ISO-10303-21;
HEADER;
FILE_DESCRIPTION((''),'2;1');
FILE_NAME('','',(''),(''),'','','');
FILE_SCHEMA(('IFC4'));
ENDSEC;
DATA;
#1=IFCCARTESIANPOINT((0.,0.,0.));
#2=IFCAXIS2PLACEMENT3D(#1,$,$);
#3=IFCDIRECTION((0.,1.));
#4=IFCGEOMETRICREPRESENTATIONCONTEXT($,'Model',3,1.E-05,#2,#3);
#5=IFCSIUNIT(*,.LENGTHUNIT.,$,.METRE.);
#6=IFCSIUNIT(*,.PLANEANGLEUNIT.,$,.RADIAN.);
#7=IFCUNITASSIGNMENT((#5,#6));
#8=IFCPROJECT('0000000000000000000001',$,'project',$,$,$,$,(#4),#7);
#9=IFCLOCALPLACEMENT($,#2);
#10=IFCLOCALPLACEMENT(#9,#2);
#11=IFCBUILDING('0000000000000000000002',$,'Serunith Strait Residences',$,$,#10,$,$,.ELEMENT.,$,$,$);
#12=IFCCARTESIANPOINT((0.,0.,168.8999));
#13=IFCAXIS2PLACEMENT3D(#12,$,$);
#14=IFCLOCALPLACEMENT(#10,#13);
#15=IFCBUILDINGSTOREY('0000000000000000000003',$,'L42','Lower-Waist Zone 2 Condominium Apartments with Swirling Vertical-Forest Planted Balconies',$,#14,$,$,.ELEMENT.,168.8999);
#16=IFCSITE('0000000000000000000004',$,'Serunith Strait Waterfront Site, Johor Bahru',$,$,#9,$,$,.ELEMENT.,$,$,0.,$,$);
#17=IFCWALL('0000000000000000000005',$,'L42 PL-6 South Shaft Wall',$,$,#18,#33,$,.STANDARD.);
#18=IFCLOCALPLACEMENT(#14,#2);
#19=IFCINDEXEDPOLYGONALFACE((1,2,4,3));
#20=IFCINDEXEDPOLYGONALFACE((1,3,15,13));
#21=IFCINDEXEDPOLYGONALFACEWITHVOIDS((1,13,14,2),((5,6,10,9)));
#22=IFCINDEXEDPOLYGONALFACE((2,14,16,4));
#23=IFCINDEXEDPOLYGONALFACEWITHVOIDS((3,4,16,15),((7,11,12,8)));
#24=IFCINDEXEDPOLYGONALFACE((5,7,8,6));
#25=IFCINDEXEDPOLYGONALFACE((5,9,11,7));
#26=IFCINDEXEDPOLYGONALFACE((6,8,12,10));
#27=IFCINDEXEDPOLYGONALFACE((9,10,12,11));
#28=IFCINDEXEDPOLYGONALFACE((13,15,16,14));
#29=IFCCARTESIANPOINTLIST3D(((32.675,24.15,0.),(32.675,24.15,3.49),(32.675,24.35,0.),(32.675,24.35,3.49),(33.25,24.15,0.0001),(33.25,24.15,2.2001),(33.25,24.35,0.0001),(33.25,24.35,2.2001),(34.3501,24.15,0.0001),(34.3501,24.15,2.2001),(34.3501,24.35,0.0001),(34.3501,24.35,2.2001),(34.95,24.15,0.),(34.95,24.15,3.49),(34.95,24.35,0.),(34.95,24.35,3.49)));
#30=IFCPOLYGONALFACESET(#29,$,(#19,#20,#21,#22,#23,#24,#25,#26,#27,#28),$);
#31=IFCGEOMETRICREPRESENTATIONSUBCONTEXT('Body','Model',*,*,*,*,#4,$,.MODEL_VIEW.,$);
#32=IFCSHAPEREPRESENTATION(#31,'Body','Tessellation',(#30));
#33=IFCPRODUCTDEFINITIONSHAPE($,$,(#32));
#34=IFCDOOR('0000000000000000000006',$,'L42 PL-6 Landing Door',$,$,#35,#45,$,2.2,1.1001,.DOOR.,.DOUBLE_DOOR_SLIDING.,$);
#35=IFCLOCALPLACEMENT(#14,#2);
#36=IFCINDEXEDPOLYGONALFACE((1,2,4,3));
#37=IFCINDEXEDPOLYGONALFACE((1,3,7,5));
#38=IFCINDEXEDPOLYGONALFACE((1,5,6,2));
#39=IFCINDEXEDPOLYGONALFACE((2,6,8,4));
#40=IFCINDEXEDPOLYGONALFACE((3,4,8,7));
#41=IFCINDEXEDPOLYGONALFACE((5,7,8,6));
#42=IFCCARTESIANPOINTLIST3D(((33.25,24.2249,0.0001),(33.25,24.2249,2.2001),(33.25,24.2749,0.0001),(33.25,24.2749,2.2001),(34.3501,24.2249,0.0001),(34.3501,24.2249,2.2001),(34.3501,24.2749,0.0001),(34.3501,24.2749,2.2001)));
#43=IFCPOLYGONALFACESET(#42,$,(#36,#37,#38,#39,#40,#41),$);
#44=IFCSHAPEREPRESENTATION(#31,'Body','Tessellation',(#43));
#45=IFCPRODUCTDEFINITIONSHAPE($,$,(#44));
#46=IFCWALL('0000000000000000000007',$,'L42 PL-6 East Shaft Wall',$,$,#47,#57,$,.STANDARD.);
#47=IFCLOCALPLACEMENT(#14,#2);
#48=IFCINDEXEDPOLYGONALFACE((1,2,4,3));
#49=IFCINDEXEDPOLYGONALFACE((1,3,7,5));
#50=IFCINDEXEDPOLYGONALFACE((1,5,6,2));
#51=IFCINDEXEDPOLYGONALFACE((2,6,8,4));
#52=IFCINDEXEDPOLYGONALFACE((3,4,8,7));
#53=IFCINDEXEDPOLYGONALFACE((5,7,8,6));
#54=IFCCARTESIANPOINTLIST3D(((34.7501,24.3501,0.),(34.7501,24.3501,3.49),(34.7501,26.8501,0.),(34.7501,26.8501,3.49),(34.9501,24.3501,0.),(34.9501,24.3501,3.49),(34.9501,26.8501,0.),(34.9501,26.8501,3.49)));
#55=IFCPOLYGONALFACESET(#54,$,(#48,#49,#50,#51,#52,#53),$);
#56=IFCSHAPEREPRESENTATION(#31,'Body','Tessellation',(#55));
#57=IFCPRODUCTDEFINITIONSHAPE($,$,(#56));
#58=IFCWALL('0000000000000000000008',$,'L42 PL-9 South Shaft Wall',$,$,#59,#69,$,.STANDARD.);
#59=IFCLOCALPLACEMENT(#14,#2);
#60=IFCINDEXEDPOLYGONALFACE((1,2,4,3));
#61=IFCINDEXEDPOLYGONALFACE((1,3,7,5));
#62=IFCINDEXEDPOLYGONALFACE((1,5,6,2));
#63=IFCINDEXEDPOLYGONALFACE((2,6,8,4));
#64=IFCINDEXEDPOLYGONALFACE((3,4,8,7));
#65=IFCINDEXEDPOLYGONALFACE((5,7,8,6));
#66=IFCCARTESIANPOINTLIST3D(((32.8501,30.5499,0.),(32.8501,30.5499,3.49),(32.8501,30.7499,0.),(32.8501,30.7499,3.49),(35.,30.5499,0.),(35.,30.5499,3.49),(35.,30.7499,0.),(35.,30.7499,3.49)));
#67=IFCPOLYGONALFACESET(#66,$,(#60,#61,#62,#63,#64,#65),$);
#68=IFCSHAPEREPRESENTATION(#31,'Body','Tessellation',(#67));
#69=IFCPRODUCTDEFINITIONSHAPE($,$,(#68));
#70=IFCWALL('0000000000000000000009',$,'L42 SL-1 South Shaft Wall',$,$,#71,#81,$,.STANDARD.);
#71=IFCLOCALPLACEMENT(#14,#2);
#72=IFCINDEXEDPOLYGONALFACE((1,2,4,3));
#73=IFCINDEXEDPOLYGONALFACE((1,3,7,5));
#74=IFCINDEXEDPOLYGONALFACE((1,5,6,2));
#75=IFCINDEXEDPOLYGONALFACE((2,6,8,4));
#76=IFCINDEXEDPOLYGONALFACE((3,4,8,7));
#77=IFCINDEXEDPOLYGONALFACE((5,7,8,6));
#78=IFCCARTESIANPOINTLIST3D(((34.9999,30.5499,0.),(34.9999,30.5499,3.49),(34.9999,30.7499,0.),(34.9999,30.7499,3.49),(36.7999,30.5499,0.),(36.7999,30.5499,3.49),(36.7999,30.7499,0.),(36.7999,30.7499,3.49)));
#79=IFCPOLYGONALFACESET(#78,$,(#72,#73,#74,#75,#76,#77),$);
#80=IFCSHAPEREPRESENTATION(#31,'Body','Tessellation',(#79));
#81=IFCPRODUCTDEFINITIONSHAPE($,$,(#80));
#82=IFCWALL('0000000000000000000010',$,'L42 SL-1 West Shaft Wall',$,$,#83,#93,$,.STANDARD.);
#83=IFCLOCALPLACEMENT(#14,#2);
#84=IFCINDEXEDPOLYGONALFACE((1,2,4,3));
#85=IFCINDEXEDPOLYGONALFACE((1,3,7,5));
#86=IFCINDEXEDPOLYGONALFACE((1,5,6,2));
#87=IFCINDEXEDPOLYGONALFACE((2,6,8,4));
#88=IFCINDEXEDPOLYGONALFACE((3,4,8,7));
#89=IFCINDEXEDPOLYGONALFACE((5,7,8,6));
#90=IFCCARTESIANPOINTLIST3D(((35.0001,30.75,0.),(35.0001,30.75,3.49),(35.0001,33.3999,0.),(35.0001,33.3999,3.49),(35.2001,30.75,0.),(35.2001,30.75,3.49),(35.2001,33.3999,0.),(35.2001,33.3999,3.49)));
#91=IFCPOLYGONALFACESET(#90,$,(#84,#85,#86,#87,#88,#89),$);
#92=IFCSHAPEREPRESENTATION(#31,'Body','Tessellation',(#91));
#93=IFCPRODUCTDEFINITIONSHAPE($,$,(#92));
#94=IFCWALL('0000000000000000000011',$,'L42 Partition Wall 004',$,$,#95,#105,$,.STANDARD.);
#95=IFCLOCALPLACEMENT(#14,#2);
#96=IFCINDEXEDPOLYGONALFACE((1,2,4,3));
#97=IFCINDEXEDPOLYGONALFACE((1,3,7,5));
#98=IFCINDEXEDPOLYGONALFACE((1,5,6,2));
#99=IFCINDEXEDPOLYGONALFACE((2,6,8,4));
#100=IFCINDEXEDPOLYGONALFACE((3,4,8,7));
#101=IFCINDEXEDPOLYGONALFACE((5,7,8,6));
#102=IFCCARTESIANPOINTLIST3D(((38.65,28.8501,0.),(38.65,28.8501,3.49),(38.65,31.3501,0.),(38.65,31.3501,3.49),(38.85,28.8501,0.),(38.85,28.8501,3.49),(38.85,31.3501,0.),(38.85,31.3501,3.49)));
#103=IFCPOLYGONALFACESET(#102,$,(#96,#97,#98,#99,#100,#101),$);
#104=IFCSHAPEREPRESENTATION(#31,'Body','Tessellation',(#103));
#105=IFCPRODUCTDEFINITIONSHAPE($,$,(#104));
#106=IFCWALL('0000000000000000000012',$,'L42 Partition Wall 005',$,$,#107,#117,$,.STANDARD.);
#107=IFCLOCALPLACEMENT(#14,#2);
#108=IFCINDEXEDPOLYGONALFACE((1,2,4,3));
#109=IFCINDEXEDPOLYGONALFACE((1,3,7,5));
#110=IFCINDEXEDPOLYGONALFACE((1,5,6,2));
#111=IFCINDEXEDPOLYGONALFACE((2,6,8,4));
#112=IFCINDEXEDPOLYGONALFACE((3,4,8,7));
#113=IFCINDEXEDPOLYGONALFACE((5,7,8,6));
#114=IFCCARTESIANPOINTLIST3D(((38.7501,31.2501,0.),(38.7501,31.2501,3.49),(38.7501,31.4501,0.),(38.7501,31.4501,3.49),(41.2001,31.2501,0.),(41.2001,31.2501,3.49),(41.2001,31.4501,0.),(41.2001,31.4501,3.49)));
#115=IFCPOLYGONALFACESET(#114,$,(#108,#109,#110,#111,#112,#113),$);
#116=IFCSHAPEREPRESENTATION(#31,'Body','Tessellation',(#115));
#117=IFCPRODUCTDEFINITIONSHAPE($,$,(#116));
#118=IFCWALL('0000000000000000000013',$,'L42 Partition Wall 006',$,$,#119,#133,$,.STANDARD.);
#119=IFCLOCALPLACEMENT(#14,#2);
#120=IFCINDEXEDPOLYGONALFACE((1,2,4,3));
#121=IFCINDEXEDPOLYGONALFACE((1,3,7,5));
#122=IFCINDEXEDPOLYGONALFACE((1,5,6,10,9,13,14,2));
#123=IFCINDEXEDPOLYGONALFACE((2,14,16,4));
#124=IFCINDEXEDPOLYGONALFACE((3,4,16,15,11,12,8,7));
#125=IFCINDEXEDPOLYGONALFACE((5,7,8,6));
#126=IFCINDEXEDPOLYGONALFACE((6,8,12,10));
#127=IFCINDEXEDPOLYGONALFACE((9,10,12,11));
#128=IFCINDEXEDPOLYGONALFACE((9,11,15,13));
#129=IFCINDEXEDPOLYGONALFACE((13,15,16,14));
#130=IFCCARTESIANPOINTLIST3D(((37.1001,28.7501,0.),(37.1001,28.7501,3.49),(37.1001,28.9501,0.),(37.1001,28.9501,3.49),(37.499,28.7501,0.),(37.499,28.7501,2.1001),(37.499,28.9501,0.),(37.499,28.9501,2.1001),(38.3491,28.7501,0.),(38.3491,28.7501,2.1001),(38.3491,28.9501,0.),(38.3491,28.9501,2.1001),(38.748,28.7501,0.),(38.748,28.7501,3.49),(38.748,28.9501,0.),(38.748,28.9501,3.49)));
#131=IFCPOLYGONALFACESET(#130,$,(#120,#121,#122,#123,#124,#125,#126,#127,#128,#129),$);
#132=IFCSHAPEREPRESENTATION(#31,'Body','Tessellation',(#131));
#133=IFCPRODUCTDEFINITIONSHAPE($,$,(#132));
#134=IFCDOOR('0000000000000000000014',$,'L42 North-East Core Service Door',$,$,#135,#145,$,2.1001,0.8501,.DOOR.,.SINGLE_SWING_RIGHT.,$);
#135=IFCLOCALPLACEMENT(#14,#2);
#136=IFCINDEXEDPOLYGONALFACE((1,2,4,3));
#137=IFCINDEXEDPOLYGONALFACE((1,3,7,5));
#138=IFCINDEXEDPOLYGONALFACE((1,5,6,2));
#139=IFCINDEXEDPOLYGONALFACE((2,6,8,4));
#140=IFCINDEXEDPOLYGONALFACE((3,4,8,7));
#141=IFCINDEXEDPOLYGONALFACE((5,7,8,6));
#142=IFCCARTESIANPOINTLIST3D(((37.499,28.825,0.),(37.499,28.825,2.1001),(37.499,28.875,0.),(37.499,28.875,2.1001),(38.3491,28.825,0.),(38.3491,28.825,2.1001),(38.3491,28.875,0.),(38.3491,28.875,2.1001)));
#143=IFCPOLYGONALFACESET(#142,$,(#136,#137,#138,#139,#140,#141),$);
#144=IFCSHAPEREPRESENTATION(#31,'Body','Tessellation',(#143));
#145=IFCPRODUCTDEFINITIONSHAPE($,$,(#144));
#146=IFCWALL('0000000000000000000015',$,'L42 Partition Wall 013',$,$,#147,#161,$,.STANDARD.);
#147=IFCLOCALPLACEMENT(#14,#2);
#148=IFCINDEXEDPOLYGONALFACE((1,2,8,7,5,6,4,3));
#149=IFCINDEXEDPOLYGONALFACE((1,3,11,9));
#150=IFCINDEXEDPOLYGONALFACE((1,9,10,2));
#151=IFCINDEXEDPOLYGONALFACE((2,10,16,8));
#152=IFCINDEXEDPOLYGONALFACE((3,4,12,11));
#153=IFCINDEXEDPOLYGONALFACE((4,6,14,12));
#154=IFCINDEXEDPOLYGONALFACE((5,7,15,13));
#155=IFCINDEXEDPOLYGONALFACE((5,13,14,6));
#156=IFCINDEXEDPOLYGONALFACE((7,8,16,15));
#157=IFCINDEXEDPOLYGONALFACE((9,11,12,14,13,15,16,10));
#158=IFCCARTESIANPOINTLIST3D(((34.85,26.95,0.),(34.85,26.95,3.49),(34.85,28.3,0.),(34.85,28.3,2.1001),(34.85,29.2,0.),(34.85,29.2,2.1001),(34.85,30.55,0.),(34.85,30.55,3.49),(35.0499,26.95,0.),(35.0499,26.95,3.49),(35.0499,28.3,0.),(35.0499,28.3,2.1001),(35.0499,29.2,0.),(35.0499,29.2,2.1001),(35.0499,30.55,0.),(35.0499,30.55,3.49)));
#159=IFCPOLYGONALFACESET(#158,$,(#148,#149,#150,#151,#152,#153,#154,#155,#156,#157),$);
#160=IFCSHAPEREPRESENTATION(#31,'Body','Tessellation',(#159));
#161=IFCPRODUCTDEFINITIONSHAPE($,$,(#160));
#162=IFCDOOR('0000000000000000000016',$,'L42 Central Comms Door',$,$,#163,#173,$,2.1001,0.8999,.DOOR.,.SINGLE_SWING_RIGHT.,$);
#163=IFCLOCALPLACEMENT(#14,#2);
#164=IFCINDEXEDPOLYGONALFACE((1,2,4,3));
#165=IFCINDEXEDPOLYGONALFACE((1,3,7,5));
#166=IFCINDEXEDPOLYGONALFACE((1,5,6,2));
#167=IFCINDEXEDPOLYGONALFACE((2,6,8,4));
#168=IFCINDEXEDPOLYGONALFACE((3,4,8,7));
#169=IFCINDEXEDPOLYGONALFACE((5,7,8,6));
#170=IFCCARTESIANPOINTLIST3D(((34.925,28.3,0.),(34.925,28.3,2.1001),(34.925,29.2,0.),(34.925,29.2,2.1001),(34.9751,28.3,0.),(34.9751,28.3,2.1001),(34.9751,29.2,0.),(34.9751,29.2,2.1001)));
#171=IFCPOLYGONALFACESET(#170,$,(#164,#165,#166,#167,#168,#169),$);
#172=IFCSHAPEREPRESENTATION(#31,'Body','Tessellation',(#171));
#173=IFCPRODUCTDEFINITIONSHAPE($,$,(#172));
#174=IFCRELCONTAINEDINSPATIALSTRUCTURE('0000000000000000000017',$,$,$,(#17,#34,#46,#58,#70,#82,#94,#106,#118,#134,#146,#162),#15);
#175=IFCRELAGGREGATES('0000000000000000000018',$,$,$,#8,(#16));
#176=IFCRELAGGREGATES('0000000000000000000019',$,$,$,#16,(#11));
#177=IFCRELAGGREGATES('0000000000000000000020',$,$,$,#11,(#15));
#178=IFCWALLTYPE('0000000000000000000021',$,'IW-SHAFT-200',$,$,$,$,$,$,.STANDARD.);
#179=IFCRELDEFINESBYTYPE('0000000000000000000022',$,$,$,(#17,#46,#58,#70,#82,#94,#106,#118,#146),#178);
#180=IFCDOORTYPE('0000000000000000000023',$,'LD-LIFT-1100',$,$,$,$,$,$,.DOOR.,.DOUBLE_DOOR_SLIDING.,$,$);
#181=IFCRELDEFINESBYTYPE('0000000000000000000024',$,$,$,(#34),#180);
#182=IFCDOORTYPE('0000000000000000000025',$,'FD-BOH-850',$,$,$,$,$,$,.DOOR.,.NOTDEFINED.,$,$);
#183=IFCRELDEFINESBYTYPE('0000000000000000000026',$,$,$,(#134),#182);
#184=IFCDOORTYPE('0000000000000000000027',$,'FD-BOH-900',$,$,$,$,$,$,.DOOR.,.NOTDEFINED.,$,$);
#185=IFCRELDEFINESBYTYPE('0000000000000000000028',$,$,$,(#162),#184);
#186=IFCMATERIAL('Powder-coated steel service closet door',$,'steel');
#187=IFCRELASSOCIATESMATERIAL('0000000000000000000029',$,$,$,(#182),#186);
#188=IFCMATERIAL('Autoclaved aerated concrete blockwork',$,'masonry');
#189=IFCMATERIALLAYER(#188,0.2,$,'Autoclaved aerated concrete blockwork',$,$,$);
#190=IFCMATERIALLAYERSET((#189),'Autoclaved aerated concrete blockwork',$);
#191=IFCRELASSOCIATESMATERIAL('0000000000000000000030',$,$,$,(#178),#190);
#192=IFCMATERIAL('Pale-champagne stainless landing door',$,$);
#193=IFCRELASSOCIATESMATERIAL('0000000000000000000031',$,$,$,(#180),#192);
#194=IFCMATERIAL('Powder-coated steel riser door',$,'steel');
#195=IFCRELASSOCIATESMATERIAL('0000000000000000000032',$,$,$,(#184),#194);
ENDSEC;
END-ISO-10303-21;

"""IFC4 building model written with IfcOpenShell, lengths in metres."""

from ifc_helpers import new_model, si_unit, direction, frame, frame_2d, origin, place, context, subcontext, project, spatial, rectangle, extrude, source, transform, mapped, material, layer, layer_set, type_object, element, fill, save


model = new_model("IFC4")

# Units and contexts
model_context = context("Model", 3, precision=1e-05, world=origin(), true_north=direction((0.0, 1.0)))
body_context = subcontext(model_context, "Body", "Model", "MODEL_VIEW")
ifc_project = project(units=[si_unit("LENGTHUNIT", "METRE"), si_unit("PLANEANGLEUNIT", "RADIAN")], contexts=[model_context])

# Site, building, storey
site_placement = place(None, origin())
site = spatial("IfcSite", under=ifc_project, at=site_placement, Name="Serunith Strait Waterfront Site, Johor Bahru", CompositionType="ELEMENT", RefElevation=0.0)
building_placement = place(site_placement, origin())
building = spatial("IfcBuilding", under=site, at=building_placement, Name="Serunith Strait Residences", CompositionType="ELEMENT")
storey_placement = place(building_placement, frame((0.0, 0.0, 168.8999)))
storey = spatial("IfcBuildingStorey", under=building, at=storey_placement, Name="L42", Description="Lower-Waist Zone 2 Condominium Apartments with Swirling Vertical-Forest Planted Balconies", CompositionType="ELEMENT", Elevation=168.8999)

# Shared definitions
ifc_material_1 = material(Name="Powder-coated steel service closet door", Category="steel")
door_type_1 = type_object("IfcDoorType", Name="FD-BOH-850", OperationType="NOTDEFINED", PredefinedType="DOOR", material=ifc_material_1)
shared_shape_1 = source(origin(), body_context, "Body", "SweptSolid", [
    extrude(rectangle(XDim=0.8501, YDim=2.1001, at=frame_2d((0.425, 1.05))), frame((0.0, 0.0249, 0.0), z_axis=(0.0, -1.0, 0.0), x_axis=(1.0, 0.0, 0.0)), (0.0, 0.0, 1.0), 0.05),
])

# Wall, opening, door
ifc_material_2 = material(Name="Autoclaved aerated concrete blockwork", Category="masonry")
ifc_layer_1 = layer(ifc_material_2, 0.2, Name="Autoclaved aerated concrete blockwork")
ifc_layer_set_1 = layer_set([ifc_layer_1], Name="Autoclaved aerated concrete blockwork")
wall_type_1 = type_object("IfcWallType", Name="IW-SHAFT-200", PredefinedType="STANDARD", material=ifc_layer_set_1)
wall_1_placement = place(storey_placement, frame((32.675, 24.25, 0.0), z_axis=(0.0, 0.0, 1.0), x_axis=(1.0, 0.0, 0.0)))
wall_1 = element("IfcWall", 1, at=wall_1_placement, inside=storey, type_object=wall_type_1, Name="L42 PL-6 South Shaft Wall", PredefinedType="STANDARD", context=body_context, shape_type="SweptSolid", body=[
    extrude(rectangle(XDim=2.2749, YDim=0.2, at=frame_2d((1.1375, 0.0))), origin(), (0.0, 0.0, 1.0), 3.49),
])
opening_1_placement = place(wall_1_placement, frame((0.575, 0.0, 0.0)))
opening_1 = element("IfcOpeningElement", 2, at=opening_1_placement, cuts=wall_1, PredefinedType="OPENING", context=body_context, shape_type="SweptSolid", body=[
    extrude(rectangle(XDim=1.1001, YDim=2.2, at=frame_2d((0.55, 1.1001))), frame((0.0, 0.1099, 0.0), z_axis=(0.0, -1.0, 0.0), x_axis=(1.0, 0.0, 0.0)), (0.0, 0.0, 1.0), 0.22),
])
ifc_material_3 = material(Name="Pale-champagne stainless landing door")
door_type_2 = type_object("IfcDoorType", Name="LD-LIFT-1100", OperationType="DOUBLE_DOOR_SLIDING", PredefinedType="DOOR", material=ifc_material_3)
shared_shape_2 = source(origin(), body_context, "Body", "SweptSolid", [
    extrude(rectangle(XDim=1.1001, YDim=2.2, at=frame_2d((0.55, 1.1001))), frame((0.0, 0.0249, 0.0), z_axis=(0.0, -1.0, 0.0), x_axis=(1.0, 0.0, 0.0)), (0.0, 0.0, 1.0), 0.05),
])
door_1_placement = place(opening_1_placement, origin())
door_1 = element("IfcDoor", 3, at=door_1_placement, inside=storey, type_object=door_type_2, Name="L42 PL-6 Landing Door", OperationType="DOUBLE_DOOR_SLIDING", OverallHeight=2.2, OverallWidth=1.1001, PredefinedType="DOOR", context=body_context, shape_type="MappedRepresentation", body=[
    mapped(shared_shape_2, transform((0.0, 0.0, 0.0), scale=1.0)),
])
fill(opening_1, door_1)

# Walls
wall_2_placement = place(storey_placement, frame((34.8501, 24.3501, 0.0), z_axis=(0.0, 0.0, 1.0), x_axis=(0.0, 1.0, 0.0)))
element("IfcWall", 4, at=wall_2_placement, inside=storey, type_object=wall_type_1, Name="L42 PL-6 East Shaft Wall", PredefinedType="STANDARD", context=body_context, shape_type="SweptSolid", body=[
    extrude(rectangle(XDim=2.5, YDim=0.2, at=frame_2d((1.25, 0.0))), origin(), (0.0, 0.0, 1.0), 3.49),
])
wall_3_placement = place(storey_placement, frame((32.8501, 30.6499, 0.0), z_axis=(0.0, 0.0, 1.0), x_axis=(1.0, 0.0, 0.0)))
element("IfcWall", 5, at=wall_3_placement, inside=storey, type_object=wall_type_1, Name="L42 PL-9 South Shaft Wall", PredefinedType="STANDARD", context=body_context, shape_type="SweptSolid", body=[
    extrude(rectangle(XDim=2.1499, YDim=0.2, at=frame_2d((1.075, 0.0))), origin(), (0.0, 0.0, 1.0), 3.49),
])
wall_4_placement = place(storey_placement, frame((35.0, 30.6499, 0.0), z_axis=(0.0, 0.0, 1.0), x_axis=(1.0, 0.0, 0.0)))
element("IfcWall", 6, at=wall_4_placement, inside=storey, type_object=wall_type_1, Name="L42 SL-1 South Shaft Wall", PredefinedType="STANDARD", context=body_context, shape_type="SweptSolid", body=[
    extrude(rectangle(XDim=1.8, YDim=0.2, at=frame_2d((0.8999, 0.0))), origin(), (0.0, 0.0, 1.0), 3.49),
])
wall_5_placement = place(storey_placement, frame((35.1001, 30.75, 0.0), z_axis=(0.0, 0.0, 1.0), x_axis=(0.0, 1.0, 0.0)))
element("IfcWall", 7, at=wall_5_placement, inside=storey, type_object=wall_type_1, Name="L42 SL-1 West Shaft Wall", PredefinedType="STANDARD", context=body_context, shape_type="SweptSolid", body=[
    extrude(rectangle(XDim=2.6499, YDim=0.2, at=frame_2d((1.325, 0.0))), origin(), (0.0, 0.0, 1.0), 3.49),
])
wall_6_placement = place(storey_placement, frame((38.75, 28.8501, 0.0), z_axis=(0.0, 0.0, 1.0), x_axis=(0.0, 1.0, 0.0)))
element("IfcWall", 8, at=wall_6_placement, inside=storey, type_object=wall_type_1, Name="L42 Partition Wall 004", PredefinedType="STANDARD", context=body_context, shape_type="SweptSolid", body=[
    extrude(rectangle(XDim=2.5, YDim=0.2, at=frame_2d((1.25, 0.0))), origin(), (0.0, 0.0, 1.0), 3.49),
])
wall_7_placement = place(storey_placement, frame((38.75, 31.3501, 0.0), z_axis=(0.0, 0.0, 1.0), x_axis=(1.0, 0.0, 0.0)))
element("IfcWall", 9, at=wall_7_placement, inside=storey, type_object=wall_type_1, Name="L42 Partition Wall 005", PredefinedType="STANDARD", context=body_context, shape_type="SweptSolid", body=[
    extrude(rectangle(XDim=2.45, YDim=0.2, at=frame_2d((1.2251, 0.0))), origin(), (0.0, 0.0, 1.0), 3.49),
])

# Walls, openings, doors
wall_8_placement = place(storey_placement, frame((37.1001, 28.8501, 0.0), z_axis=(0.0, 0.0, 1.0), x_axis=(1.0, 0.0, 0.0)))
wall_8 = element("IfcWall", 10, at=wall_8_placement, inside=storey, type_object=wall_type_1, Name="L42 Partition Wall 006", PredefinedType="STANDARD", context=body_context, shape_type="SweptSolid", body=[
    extrude(rectangle(XDim=1.6479, YDim=0.2, at=frame_2d((0.824, 0.0))), origin(), (0.0, 0.0, 1.0), 3.49),
])
opening_2_placement = place(wall_8_placement, frame((0.3989, 0.0, 0.0)))
opening_2 = element("IfcOpeningElement", 11, at=opening_2_placement, cuts=wall_8, PredefinedType="OPENING", context=body_context, shape_type="SweptSolid", body=[
    extrude(rectangle(XDim=0.8501, YDim=2.1001, at=frame_2d((0.425, 1.05))), frame((0.0, 0.1099, 0.0), z_axis=(0.0, -1.0, 0.0), x_axis=(1.0, 0.0, 0.0)), (0.0, 0.0, 1.0), 0.22),
])
door_2_placement = place(opening_2_placement, origin())
door_2 = element("IfcDoor", 12, at=door_2_placement, inside=storey, type_object=door_type_1, Name="L42 North-East Core Service Door", OperationType="SINGLE_SWING_RIGHT", OverallHeight=2.1001, OverallWidth=0.8501, PredefinedType="DOOR", context=body_context, shape_type="MappedRepresentation", body=[
    mapped(shared_shape_1, transform((0.0, 0.0, 0.0), scale=1.0)),
])
fill(opening_2, door_2)
wall_9_placement = place(storey_placement, frame((34.95, 26.95, 0.0), z_axis=(0.0, 0.0, 1.0), x_axis=(0.0, 1.0, 0.0)))
wall_9 = element("IfcWall", 13, at=wall_9_placement, inside=storey, type_object=wall_type_1, Name="L42 Partition Wall 013", PredefinedType="STANDARD", context=body_context, shape_type="SweptSolid", body=[
    extrude(rectangle(XDim=3.6001, YDim=0.2, at=frame_2d((1.8, 0.0))), origin(), (0.0, 0.0, 1.0), 3.49),
])
opening_3_placement = place(wall_9_placement, frame((1.3501, 0.0, 0.0)))
opening_3 = element("IfcOpeningElement", 14, at=opening_3_placement, cuts=wall_9, PredefinedType="OPENING", context=body_context, shape_type="SweptSolid", body=[
    extrude(rectangle(XDim=0.8999, YDim=2.1001, at=frame_2d((0.45, 1.05))), frame((0.0, 0.1099, 0.0), z_axis=(0.0, -1.0, 0.0), x_axis=(1.0, 0.0, 0.0)), (0.0, 0.0, 1.0), 0.22),
])
ifc_material_4 = material(Name="Powder-coated steel riser door", Category="steel")
door_type_3 = type_object("IfcDoorType", Name="FD-BOH-900", OperationType="NOTDEFINED", PredefinedType="DOOR", material=ifc_material_4)
shared_shape_3 = source(origin(), body_context, "Body", "SweptSolid", [
    extrude(rectangle(XDim=0.8999, YDim=2.1001, at=frame_2d((0.45, 1.05))), frame((0.0, 0.0249, 0.0), z_axis=(0.0, -1.0, 0.0), x_axis=(1.0, 0.0, 0.0)), (0.0, 0.0, 1.0), 0.05),
])
door_3_placement = place(opening_3_placement, origin())
door_3 = element("IfcDoor", 15, at=door_3_placement, inside=storey, type_object=door_type_3, Name="L42 Central Comms Door", OperationType="SINGLE_SWING_RIGHT", OverallHeight=2.1001, OverallWidth=0.8999, PredefinedType="DOOR", context=body_context, shape_type="MappedRepresentation", body=[
    mapped(shared_shape_3, transform((0.0, 0.0, 0.0), scale=1.0)),
])
fill(opening_3, door_3)

save(model, "model.ifc")
